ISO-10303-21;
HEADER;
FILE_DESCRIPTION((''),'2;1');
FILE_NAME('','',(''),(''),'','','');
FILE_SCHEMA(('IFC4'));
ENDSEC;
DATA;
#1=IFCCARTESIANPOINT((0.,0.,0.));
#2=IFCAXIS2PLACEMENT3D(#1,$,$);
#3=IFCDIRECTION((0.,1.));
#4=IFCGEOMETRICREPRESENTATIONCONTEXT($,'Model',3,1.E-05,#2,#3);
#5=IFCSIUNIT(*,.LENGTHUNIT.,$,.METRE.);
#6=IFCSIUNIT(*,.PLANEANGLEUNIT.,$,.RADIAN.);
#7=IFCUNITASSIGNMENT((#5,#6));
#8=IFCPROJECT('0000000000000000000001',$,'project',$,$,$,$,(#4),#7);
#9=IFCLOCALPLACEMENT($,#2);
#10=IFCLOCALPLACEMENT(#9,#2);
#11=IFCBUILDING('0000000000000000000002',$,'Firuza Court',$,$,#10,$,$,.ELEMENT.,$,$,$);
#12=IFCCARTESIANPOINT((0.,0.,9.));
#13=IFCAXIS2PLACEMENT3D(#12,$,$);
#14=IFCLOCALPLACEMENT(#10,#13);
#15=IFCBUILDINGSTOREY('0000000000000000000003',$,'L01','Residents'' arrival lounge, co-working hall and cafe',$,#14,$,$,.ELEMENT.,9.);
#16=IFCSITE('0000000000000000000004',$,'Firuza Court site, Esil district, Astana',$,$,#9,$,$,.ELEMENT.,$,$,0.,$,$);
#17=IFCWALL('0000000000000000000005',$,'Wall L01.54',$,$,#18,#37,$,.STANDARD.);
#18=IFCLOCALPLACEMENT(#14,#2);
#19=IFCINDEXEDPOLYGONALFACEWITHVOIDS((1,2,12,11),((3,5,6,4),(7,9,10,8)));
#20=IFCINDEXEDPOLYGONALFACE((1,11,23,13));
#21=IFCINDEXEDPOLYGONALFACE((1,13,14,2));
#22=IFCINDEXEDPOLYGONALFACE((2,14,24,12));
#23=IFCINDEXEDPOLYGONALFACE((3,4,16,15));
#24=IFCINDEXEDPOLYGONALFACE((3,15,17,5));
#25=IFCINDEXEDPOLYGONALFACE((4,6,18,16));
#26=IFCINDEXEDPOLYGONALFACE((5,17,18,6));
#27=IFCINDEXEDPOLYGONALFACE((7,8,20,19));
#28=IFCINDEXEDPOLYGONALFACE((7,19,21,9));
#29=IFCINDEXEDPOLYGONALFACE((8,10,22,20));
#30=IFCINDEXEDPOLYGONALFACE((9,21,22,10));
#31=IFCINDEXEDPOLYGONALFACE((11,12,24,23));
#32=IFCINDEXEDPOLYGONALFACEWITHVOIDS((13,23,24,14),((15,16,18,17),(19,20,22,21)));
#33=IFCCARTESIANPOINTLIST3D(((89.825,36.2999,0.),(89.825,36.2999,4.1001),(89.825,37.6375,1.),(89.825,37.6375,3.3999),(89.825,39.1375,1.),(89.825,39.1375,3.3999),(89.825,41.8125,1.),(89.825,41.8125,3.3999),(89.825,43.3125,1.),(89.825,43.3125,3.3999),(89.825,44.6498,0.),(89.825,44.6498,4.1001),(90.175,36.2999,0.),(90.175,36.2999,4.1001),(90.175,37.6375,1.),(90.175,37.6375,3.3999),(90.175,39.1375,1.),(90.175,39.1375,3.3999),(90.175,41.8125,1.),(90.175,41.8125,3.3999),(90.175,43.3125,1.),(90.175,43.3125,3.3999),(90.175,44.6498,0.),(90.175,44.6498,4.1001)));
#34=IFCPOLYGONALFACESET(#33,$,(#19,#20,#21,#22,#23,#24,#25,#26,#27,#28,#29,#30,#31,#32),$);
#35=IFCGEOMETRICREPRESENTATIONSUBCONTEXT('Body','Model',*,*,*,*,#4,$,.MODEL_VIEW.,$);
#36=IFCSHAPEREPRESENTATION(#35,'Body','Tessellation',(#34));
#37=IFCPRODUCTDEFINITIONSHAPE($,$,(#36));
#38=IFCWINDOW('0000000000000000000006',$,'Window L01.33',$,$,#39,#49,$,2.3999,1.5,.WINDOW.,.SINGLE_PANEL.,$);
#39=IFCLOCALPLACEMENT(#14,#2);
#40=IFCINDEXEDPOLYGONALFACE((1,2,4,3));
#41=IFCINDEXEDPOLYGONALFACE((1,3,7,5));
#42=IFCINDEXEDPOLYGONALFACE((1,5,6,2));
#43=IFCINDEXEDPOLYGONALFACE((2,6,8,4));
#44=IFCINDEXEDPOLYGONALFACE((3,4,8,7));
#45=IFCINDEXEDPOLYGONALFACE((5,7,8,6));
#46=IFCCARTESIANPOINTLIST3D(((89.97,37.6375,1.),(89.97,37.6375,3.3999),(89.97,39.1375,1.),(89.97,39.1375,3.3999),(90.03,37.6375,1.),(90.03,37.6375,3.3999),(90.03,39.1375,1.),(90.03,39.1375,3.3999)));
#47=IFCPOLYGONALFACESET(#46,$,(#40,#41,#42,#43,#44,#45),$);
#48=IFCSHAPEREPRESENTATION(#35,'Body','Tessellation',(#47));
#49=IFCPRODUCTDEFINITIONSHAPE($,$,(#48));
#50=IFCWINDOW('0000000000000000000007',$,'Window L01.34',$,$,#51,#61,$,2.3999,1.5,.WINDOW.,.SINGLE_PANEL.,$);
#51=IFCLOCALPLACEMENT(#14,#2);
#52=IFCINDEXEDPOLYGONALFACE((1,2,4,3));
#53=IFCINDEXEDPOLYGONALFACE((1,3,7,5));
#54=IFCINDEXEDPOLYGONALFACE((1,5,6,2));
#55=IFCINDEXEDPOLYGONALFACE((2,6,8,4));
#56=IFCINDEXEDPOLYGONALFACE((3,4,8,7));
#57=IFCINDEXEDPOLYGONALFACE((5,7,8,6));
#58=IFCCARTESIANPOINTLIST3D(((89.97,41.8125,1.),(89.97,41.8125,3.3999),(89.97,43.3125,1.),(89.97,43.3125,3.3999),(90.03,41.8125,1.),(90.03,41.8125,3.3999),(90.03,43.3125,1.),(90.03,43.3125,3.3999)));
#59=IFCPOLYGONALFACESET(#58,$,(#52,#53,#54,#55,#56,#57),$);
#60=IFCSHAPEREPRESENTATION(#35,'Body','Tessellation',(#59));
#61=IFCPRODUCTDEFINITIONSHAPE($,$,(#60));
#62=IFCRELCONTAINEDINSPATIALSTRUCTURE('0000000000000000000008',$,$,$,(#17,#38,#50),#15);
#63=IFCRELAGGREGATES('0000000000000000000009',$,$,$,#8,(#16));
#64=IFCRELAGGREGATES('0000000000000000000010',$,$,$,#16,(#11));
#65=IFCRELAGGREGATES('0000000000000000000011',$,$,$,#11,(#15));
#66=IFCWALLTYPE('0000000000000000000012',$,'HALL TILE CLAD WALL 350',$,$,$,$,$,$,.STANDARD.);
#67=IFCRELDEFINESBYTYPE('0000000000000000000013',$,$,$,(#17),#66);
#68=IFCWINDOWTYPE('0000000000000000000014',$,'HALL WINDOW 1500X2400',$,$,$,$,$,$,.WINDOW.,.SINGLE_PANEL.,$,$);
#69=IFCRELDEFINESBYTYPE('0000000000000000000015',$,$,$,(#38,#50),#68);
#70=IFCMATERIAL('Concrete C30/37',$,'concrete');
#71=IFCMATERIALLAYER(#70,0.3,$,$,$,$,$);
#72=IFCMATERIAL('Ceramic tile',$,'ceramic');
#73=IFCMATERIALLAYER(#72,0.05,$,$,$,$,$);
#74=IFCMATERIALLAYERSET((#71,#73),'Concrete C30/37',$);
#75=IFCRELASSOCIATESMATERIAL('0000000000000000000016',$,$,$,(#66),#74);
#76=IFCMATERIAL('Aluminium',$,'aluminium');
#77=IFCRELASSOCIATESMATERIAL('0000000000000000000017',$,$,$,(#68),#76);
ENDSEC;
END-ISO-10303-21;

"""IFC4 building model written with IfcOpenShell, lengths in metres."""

from ifc_helpers import new_model, si_unit, direction, frame, frame_2d, origin, place, context, subcontext, project, spatial, rectangle, extrude, material, layer, layer_set, type_object, element, fill, save


model = new_model("IFC4")

# Units and contexts
model_context = context("Model", 3, precision=1e-05, world=origin(), true_north=direction((0.0, 1.0)))
body_context = subcontext(model_context, "Body", "Model", "MODEL_VIEW")
ifc_project = project(units=[si_unit("LENGTHUNIT", "METRE"), si_unit("PLANEANGLEUNIT", "RADIAN")], contexts=[model_context])

# Site, building, storey
site_placement = place(None, origin())
site = spatial("IfcSite", under=ifc_project, at=site_placement, Name="Firuza Court site, Esil district, Astana", CompositionType="ELEMENT", RefElevation=0.0)
building_placement = place(site_placement, origin())
building = spatial("IfcBuilding", under=site, at=building_placement, Name="Firuza Court", CompositionType="ELEMENT")
storey_placement = place(building_placement, frame((0.0, 0.0, 9.0)))
storey = spatial("IfcBuildingStorey", under=building, at=storey_placement, Name="L01", Description="Residents' arrival lounge, co-working hall and cafe", CompositionType="ELEMENT", Elevation=9.0)

# Wall, openings, windows
ifc_material_1 = material(Name="Concrete C30/37", Category="concrete")
ifc_layer_1 = layer(ifc_material_1, 0.3)
ifc_material_2 = material(Name="Ceramic tile", Category="ceramic")
ifc_layer_2 = layer(ifc_material_2, 0.05)
ifc_layer_set_1 = layer_set([ifc_layer_1, ifc_layer_2], Name="Concrete C30/37")
wall_type = type_object("IfcWallType", Name="HALL TILE CLAD WALL 350", PredefinedType="STANDARD", material=ifc_layer_set_1)
wall_placement = place(storey_placement, frame((90.0, 36.3, 0.0), z_axis=(0.0, 0.0, 1.0), x_axis=(0.0, 1.0, 0.0)))
wall = element("IfcWall", 1, at=wall_placement, inside=storey, type_object=wall_type, Name="Wall L01.54", PredefinedType="STANDARD", context=body_context, shape_type="SweptSolid", body=[
    extrude(rectangle(XDim=8.3499, YDim=0.3501, at=frame_2d((4.1748, 0.0))), origin(), (0.0, 0.0, 1.0), 4.1001),
])
opening_1_placement = place(wall_placement, frame((1.3374, 0.0, 1.0)))
opening_1 = element("IfcOpeningElement", 2, at=opening_1_placement, cuts=wall, PredefinedType="OPENING", context=body_context, shape_type="SweptSolid", body=[
    extrude(rectangle(XDim=1.5, YDim=2.3999, at=frame_2d((0.75, 1.2))), frame((0.0, 0.187, 0.0), z_axis=(0.0, -1.0, 0.0), x_axis=(1.0, 0.0, 0.0)), (0.0, 0.0, 1.0), 0.374),
])
opening_2_placement = place(wall_placement, frame((5.5125, 0.0, 1.0)))
opening_2 = element("IfcOpeningElement", 3, at=opening_2_placement, cuts=wall, PredefinedType="OPENING", context=body_context, shape_type="SweptSolid", body=[
    extrude(rectangle(XDim=1.5, YDim=2.3999, at=frame_2d((0.75, 1.2))), frame((0.0, 0.187, 0.0), z_axis=(0.0, -1.0, 0.0), x_axis=(1.0, 0.0, 0.0)), (0.0, 0.0, 1.0), 0.374),
])
ifc_material_3 = material(Name="Aluminium", Category="aluminium")
window_type = type_object("IfcWindowType", Name="HALL WINDOW 1500X2400", PartitioningType="SINGLE_PANEL", PredefinedType="WINDOW", material=ifc_material_3)
window_1_placement = place(opening_1_placement, origin())
window_1 = element("IfcWindow", 4, at=window_1_placement, inside=storey, type_object=window_type, Name="Window L01.33", OverallHeight=2.3999, OverallWidth=1.5, PartitioningType="SINGLE_PANEL", PredefinedType="WINDOW", context=body_context, shape_type="SweptSolid", body=[
    extrude(rectangle(XDim=1.5, YDim=2.3999, at=frame_2d((0.75, 1.2))), frame((0.0, 0.03, 0.0), z_axis=(0.0, -1.0, 0.0), x_axis=(1.0, 0.0, 0.0)), (0.0, 0.0, 1.0), 0.0601),
])
fill(opening_1, window_1)
window_2_placement = place(opening_2_placement, origin())
window_2 = element("IfcWindow", 5, at=window_2_placement, inside=storey, type_object=window_type, Name="Window L01.34", OverallHeight=2.3999, OverallWidth=1.5, PartitioningType="SINGLE_PANEL", PredefinedType="WINDOW", context=body_context, shape_type="SweptSolid", body=[
    extrude(rectangle(XDim=1.5, YDim=2.3999, at=frame_2d((0.75, 1.2))), frame((0.0, 0.03, 0.0), z_axis=(0.0, -1.0, 0.0), x_axis=(1.0, 0.0, 0.0)), (0.0, 0.0, 1.0), 0.0601),
])
fill(opening_2, window_2)

save(model, "model.ifc")
